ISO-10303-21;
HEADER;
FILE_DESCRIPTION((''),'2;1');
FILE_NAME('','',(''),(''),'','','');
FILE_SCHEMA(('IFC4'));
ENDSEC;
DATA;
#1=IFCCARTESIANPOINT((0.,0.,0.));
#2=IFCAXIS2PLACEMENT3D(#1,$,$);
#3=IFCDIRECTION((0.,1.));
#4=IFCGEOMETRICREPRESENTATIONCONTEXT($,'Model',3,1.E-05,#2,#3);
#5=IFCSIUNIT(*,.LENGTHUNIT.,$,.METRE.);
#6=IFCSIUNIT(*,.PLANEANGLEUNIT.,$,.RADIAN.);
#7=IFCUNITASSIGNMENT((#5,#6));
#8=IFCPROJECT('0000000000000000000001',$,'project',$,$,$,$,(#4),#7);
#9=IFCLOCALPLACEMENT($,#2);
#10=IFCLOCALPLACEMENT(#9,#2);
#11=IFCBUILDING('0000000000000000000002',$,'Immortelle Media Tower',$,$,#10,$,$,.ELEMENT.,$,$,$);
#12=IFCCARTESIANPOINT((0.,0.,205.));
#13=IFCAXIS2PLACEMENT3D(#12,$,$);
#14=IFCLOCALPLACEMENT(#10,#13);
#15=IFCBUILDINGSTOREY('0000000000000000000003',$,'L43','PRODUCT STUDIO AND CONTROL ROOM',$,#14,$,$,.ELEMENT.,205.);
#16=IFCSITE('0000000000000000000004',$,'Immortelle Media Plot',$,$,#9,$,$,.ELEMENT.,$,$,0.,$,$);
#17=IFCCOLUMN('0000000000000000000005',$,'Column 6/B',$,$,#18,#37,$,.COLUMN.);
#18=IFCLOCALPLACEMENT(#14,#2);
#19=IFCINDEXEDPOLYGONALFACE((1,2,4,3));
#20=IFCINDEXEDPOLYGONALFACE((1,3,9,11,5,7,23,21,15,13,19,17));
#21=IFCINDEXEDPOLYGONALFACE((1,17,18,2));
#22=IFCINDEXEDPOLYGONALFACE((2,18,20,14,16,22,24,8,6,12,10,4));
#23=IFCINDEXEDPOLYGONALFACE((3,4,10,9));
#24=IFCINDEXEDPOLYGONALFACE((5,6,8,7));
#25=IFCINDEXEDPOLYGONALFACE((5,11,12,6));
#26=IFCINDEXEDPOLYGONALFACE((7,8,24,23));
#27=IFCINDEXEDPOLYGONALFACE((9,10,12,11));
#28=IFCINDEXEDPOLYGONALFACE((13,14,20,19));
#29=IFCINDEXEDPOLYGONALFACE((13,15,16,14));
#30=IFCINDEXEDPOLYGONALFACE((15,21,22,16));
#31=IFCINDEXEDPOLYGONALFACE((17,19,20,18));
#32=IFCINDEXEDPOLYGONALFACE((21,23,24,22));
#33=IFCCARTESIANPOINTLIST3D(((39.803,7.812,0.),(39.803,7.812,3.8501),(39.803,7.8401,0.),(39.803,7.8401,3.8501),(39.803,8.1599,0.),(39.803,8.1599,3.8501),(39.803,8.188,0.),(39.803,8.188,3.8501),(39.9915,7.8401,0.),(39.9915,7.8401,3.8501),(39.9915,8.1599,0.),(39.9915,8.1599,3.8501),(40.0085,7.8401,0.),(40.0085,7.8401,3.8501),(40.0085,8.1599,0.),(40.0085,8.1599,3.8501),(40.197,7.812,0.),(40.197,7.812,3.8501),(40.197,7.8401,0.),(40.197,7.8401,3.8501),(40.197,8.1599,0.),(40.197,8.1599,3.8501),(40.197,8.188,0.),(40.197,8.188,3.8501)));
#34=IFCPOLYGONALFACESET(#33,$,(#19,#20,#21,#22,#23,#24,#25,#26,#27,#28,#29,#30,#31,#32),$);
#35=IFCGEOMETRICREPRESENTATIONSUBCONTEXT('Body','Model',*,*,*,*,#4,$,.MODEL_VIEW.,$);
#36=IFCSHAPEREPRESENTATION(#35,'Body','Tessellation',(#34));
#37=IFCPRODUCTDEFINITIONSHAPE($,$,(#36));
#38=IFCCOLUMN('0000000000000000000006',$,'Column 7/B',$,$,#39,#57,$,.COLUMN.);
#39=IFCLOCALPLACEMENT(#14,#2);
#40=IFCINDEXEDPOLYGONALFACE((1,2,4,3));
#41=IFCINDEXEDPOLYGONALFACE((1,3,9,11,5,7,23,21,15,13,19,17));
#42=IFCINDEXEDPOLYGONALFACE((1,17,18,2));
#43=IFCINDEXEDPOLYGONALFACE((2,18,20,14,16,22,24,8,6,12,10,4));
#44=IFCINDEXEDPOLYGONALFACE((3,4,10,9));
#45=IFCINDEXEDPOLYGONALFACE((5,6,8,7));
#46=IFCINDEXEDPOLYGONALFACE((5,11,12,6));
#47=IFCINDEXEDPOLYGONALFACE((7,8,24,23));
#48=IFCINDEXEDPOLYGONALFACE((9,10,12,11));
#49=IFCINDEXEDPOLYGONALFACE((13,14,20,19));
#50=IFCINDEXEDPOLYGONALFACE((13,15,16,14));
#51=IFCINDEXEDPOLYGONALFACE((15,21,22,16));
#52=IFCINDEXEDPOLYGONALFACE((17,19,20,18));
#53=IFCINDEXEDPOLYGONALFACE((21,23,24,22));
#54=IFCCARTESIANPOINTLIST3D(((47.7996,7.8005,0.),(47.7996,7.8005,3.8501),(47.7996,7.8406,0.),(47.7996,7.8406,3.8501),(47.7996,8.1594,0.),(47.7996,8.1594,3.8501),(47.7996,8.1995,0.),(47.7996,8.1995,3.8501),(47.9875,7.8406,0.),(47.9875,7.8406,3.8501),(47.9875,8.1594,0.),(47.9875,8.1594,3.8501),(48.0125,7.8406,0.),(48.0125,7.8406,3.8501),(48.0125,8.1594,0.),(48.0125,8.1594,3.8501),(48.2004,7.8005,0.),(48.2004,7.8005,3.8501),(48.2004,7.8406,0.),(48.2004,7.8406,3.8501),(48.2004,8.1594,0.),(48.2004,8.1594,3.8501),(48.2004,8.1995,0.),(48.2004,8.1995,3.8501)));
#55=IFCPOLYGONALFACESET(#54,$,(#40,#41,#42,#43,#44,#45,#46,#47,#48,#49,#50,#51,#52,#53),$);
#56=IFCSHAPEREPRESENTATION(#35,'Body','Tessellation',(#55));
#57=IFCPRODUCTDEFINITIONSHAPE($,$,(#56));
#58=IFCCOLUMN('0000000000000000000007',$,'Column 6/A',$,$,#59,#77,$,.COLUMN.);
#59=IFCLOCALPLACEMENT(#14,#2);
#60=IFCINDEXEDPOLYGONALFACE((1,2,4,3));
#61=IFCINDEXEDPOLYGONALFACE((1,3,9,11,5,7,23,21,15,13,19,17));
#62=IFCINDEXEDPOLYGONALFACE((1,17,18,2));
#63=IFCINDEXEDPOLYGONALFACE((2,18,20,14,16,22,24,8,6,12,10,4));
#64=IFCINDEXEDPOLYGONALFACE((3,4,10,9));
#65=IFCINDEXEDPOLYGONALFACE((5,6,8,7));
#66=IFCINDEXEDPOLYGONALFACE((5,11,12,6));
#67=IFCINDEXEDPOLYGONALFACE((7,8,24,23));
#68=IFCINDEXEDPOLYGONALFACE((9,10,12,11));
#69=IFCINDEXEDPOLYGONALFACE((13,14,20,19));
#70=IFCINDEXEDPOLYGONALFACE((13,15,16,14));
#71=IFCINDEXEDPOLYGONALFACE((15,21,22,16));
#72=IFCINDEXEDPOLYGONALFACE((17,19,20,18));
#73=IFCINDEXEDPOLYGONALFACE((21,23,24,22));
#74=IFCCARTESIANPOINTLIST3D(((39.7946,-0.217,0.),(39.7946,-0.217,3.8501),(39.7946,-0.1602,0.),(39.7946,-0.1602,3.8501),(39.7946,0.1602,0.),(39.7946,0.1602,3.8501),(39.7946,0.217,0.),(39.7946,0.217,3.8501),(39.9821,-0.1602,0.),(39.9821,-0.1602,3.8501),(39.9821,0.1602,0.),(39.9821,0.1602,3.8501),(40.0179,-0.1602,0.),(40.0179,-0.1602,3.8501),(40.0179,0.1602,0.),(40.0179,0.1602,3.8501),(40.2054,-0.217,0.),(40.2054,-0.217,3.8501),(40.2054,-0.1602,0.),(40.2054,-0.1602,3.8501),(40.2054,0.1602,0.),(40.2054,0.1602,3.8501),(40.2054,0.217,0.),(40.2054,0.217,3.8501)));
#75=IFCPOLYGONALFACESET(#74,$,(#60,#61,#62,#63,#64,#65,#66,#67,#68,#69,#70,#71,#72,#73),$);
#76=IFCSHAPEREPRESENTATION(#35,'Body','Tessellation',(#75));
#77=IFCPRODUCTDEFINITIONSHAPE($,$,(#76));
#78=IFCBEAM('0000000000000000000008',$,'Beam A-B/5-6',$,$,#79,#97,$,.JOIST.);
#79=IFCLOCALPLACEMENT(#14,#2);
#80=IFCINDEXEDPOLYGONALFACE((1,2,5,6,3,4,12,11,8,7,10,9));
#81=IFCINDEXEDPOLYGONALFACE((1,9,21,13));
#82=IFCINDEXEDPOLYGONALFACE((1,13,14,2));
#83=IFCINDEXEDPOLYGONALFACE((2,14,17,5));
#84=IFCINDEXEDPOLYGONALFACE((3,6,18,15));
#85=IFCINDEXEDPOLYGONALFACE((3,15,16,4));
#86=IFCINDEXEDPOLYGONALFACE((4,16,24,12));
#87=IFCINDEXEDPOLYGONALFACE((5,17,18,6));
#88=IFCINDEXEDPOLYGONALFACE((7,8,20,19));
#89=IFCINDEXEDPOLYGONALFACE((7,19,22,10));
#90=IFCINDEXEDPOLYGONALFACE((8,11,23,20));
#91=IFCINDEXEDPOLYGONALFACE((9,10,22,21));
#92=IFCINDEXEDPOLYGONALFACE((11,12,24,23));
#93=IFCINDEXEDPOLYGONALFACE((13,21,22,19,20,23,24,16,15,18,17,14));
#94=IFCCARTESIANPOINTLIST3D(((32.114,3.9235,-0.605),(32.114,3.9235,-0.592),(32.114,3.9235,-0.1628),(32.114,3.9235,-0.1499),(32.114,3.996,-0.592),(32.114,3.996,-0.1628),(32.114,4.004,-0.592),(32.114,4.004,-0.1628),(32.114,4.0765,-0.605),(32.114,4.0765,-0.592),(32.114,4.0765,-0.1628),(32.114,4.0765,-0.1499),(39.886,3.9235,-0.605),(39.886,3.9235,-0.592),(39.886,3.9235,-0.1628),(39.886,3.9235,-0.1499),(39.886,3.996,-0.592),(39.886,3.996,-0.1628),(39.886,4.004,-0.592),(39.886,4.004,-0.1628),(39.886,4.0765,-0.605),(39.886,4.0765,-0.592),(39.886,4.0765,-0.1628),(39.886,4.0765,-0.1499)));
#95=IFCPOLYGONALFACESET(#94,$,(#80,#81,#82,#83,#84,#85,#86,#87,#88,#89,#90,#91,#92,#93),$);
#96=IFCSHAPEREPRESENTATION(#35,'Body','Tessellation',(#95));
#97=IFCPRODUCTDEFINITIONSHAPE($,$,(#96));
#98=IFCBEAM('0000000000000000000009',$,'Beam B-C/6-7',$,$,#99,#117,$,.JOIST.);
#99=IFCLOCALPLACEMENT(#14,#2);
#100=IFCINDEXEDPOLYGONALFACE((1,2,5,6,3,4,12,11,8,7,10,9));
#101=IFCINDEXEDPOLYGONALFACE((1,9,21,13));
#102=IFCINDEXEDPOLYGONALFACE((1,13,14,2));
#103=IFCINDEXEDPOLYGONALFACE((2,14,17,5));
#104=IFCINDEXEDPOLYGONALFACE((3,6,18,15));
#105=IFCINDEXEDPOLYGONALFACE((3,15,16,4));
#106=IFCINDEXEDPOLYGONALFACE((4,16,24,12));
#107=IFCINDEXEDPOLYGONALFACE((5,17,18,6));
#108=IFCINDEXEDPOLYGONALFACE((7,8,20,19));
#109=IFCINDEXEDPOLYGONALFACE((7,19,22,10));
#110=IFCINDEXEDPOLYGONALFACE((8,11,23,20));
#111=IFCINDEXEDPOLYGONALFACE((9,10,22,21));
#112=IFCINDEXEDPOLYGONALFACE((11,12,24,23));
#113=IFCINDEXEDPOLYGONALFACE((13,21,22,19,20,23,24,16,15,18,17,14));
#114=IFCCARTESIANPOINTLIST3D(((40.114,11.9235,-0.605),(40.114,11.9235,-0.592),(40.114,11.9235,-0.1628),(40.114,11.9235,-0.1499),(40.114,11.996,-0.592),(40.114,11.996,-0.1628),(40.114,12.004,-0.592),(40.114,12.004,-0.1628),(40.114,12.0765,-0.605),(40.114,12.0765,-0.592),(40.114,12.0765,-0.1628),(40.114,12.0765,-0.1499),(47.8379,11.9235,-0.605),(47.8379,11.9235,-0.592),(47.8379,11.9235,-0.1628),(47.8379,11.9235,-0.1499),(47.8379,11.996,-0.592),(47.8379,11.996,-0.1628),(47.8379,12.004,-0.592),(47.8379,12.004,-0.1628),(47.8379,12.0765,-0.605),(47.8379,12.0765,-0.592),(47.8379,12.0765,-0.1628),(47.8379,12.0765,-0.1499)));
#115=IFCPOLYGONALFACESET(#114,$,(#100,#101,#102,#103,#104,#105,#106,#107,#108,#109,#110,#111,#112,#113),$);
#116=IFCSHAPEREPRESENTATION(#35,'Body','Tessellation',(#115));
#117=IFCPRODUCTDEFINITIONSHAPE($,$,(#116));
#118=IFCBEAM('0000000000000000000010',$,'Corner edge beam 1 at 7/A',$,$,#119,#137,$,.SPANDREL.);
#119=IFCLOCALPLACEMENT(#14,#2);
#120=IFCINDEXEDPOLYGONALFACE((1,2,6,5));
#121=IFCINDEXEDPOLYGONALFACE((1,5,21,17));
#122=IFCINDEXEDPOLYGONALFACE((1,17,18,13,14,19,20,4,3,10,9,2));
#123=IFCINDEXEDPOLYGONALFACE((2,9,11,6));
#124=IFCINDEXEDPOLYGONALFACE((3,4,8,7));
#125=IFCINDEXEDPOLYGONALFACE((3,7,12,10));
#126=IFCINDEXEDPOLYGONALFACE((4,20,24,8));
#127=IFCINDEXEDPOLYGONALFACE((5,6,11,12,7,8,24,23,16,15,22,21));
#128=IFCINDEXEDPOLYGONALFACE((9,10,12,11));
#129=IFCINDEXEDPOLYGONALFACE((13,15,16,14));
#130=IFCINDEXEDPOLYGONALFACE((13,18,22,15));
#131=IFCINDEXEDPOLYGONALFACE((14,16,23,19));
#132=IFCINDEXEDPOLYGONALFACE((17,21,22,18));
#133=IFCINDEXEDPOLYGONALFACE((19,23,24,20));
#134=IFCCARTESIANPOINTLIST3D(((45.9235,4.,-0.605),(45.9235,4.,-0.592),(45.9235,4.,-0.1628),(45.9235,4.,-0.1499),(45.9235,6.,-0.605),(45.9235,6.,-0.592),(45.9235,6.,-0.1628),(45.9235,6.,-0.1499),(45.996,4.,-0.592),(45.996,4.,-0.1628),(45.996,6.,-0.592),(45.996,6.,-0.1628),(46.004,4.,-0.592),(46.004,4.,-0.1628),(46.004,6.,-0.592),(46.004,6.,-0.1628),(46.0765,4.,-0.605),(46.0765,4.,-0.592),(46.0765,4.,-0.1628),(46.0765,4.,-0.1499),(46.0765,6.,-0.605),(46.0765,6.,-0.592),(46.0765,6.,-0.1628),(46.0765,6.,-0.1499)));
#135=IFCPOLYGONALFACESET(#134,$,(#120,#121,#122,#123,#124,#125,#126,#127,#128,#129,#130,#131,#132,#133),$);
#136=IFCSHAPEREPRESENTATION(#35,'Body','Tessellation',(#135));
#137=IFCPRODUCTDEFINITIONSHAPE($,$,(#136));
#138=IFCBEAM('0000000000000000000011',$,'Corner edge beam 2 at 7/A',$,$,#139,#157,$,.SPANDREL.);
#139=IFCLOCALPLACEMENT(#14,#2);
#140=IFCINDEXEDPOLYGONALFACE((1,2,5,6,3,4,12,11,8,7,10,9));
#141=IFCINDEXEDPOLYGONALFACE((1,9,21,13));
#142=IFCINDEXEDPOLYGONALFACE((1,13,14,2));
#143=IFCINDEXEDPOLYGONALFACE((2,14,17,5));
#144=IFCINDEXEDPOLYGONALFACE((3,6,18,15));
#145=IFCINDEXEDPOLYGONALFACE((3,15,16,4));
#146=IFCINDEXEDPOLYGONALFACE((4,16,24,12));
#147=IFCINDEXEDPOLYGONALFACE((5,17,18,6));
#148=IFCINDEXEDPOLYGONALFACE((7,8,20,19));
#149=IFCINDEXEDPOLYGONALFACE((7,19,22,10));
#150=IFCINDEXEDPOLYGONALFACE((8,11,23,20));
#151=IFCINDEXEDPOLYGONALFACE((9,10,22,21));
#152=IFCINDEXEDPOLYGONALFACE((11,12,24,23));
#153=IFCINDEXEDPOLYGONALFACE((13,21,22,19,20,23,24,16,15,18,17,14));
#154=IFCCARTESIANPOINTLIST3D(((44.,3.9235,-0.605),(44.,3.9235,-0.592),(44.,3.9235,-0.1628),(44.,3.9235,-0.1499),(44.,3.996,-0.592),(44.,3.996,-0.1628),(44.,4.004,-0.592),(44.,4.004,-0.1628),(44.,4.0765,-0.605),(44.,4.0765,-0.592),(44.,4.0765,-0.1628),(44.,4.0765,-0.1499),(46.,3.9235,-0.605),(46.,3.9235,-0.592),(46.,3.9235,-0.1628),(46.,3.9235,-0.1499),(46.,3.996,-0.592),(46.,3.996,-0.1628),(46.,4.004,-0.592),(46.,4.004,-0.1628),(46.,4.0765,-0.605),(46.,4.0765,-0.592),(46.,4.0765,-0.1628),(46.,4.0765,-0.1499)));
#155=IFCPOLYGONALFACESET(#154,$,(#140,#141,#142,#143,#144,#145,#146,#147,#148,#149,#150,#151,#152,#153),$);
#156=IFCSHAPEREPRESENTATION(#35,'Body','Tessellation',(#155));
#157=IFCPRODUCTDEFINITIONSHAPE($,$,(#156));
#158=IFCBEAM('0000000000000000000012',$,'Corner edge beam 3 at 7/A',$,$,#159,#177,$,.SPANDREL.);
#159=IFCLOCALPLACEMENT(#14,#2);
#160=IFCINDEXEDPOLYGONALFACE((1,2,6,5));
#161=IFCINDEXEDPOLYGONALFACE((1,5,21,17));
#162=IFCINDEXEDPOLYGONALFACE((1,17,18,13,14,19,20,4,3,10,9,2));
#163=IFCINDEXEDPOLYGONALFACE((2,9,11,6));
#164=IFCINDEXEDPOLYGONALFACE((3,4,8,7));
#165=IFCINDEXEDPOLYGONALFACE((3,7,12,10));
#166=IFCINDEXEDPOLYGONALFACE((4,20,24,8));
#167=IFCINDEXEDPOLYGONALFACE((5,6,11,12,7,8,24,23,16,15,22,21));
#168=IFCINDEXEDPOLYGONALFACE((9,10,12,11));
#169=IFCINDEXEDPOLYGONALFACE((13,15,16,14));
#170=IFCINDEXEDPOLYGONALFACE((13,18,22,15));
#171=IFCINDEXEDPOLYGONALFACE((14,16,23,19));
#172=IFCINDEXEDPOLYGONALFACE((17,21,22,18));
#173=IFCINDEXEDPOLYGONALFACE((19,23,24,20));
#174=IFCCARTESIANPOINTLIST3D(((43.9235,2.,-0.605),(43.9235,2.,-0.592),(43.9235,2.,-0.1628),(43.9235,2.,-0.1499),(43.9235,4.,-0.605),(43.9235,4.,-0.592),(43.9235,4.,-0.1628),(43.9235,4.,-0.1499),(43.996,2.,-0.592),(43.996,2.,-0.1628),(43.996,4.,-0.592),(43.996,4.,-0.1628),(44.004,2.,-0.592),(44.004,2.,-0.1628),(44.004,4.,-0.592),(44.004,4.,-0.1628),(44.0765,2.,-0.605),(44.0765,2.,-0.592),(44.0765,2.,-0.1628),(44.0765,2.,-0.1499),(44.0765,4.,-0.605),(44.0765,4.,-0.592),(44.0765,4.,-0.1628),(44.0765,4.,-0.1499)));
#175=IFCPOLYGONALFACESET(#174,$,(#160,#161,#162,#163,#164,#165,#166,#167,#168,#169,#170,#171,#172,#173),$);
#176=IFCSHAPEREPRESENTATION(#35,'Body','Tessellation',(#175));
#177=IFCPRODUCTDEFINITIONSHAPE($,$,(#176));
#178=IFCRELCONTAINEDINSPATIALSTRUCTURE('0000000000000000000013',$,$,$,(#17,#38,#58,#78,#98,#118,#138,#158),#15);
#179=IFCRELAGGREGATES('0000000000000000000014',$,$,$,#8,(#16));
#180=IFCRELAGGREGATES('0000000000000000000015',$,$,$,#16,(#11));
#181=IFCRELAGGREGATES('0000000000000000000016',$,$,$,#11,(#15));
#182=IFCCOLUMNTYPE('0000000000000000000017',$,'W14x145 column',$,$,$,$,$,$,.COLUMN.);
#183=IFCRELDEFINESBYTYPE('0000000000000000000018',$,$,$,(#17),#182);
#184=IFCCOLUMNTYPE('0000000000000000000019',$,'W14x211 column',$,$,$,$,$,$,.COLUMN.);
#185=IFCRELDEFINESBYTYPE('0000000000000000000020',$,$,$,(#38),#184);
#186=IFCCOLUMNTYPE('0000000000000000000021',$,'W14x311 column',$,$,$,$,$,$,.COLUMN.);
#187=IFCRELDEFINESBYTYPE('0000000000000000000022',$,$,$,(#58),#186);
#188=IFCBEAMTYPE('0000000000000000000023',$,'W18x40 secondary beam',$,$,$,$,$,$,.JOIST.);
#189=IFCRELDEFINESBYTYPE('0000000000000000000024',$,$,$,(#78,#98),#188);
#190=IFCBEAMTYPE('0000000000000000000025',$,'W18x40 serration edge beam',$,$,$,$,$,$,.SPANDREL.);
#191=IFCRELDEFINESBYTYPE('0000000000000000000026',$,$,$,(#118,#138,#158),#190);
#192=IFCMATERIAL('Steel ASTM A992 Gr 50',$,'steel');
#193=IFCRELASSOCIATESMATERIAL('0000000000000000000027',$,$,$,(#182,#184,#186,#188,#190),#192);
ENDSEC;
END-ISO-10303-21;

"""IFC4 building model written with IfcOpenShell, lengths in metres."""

from ifc_helpers import new_model, si_unit, direction, frame, origin, origin_2d, place, context, subcontext, project, spatial, i_section, extrude, material, material_profile, profile_set, type_object, element, save


model = new_model("IFC4")

# Units and contexts
model_context = context("Model", 3, precision=1e-05, world=origin(), true_north=direction((0.0, 1.0)))
body_context = subcontext(model_context, "Body", "Model", "MODEL_VIEW")
ifc_project = project(units=[si_unit("LENGTHUNIT", "METRE"), si_unit("PLANEANGLEUNIT", "RADIAN")], contexts=[model_context])

# Site, building, storey
site_placement = place(None, origin())
site = spatial("IfcSite", under=ifc_project, at=site_placement, Name="Immortelle Media Plot", CompositionType="ELEMENT", RefElevation=0.0)
building_placement = place(site_placement, origin())
building = spatial("IfcBuilding", under=site, at=building_placement, Name="Immortelle Media Tower", CompositionType="ELEMENT")
storey_placement = place(building_placement, frame((0.0, 0.0, 205.0)))
storey = spatial("IfcBuildingStorey", under=building, at=storey_placement, Name="L43", Description="PRODUCT STUDIO AND CONTROL ROOM", CompositionType="ELEMENT", Elevation=205.0)

# Columns
ifc_material_1 = material(Name="Steel ASTM A992 Gr 50", Category="steel")
ifc_material_profile_1 = material_profile(ifc_material_1, i_section(OverallWidth=0.394, OverallDepth=0.376, WebThickness=0.0171, FlangeThickness=0.0281, at=origin_2d()), Name="W14x145")
ifc_profile_set_1 = profile_set([ifc_material_profile_1], Name="Steel ASTM A992 Gr 50")
column_type_1 = type_object("IfcColumnType", Name="W14x145 column", PredefinedType="COLUMN", material=ifc_profile_set_1)
column_1_placement = place(storey_placement, frame((40.0, 8.0, 0.0), z_axis=(0.0, 0.0, 1.0), x_axis=(1.0, 0.0, 0.0)))
element("IfcColumn", 1, at=column_1_placement, inside=storey, type_object=column_type_1, Name="Column 6/B", PredefinedType="COLUMN", context=body_context, shape_type="SweptSolid", body=[
    extrude(i_section(OverallWidth=0.394, OverallDepth=0.376, WebThickness=0.0171, FlangeThickness=0.0281, at=origin_2d()), origin(), (0.0, 0.0, 1.0), 3.8501),
])
ifc_material_profile_2 = material_profile(ifc_material_1, i_section(OverallWidth=0.4009, OverallDepth=0.3989, WebThickness=0.0249, FlangeThickness=0.04, at=origin_2d()), Name="W14x211")
ifc_profile_set_2 = profile_set([ifc_material_profile_2], Name="Steel ASTM A992 Gr 50")
column_type_2 = type_object("IfcColumnType", Name="W14x211 column", PredefinedType="COLUMN", material=ifc_profile_set_2)
column_2_placement = place(storey_placement, frame((48.0, 8.0, 0.0), z_axis=(0.0, 0.0, 1.0), x_axis=(1.0, 0.0, 0.0)))
element("IfcColumn", 2, at=column_2_placement, inside=storey, type_object=column_type_2, Name="Column 7/B", PredefinedType="COLUMN", context=body_context, shape_type="SweptSolid", body=[
    extrude(i_section(OverallWidth=0.4009, OverallDepth=0.3989, WebThickness=0.0249, FlangeThickness=0.04, at=origin_2d()), origin(), (0.0, 0.0, 1.0), 3.8501),
])
ifc_material_profile_3 = material_profile(ifc_material_1, i_section(OverallWidth=0.4109, OverallDepth=0.4341, WebThickness=0.0359, FlangeThickness=0.0569, at=origin_2d()), Name="W14x311")
ifc_profile_set_3 = profile_set([ifc_material_profile_3], Name="Steel ASTM A992 Gr 50")
column_type_3 = type_object("IfcColumnType", Name="W14x311 column", PredefinedType="COLUMN", material=ifc_profile_set_3)
column_3_placement = place(storey_placement, frame((40.0, 0.0, 0.0), z_axis=(0.0, 0.0, 1.0), x_axis=(1.0, 0.0, 0.0)))
element("IfcColumn", 3, at=column_3_placement, inside=storey, type_object=column_type_3, Name="Column 6/A", PredefinedType="COLUMN", context=body_context, shape_type="SweptSolid", body=[
    extrude(i_section(OverallWidth=0.4109, OverallDepth=0.4341, WebThickness=0.0359, FlangeThickness=0.0569, at=origin_2d()), origin(), (0.0, 0.0, 1.0), 3.8501),
])

# Beams
ifc_material_profile_4 = material_profile(ifc_material_1, i_section(OverallWidth=0.1531, OverallDepth=0.4551, WebThickness=0.0081, FlangeThickness=0.0129, at=origin_2d()), Name="W18x40")
ifc_profile_set_4 = profile_set([ifc_material_profile_4], Name="Steel ASTM A992 Gr 50")
beam_type_1 = type_object("IfcBeamType", Name="W18x40 secondary beam", PredefinedType="JOIST", material=ifc_profile_set_4)
beam_1_placement = place(storey_placement, frame((32.114, 4.0, -0.3774), z_axis=(1.0, 0.0, 0.0), x_axis=(0.0, 1.0, 0.0)))
element("IfcBeam", 4, at=beam_1_placement, inside=storey, type_object=beam_type_1, Name="Beam A-B/5-6", PredefinedType="JOIST", context=body_context, shape_type="SweptSolid", body=[
    extrude(i_section(OverallWidth=0.1531, OverallDepth=0.4551, WebThickness=0.0081, FlangeThickness=0.0129, at=origin_2d()), origin(), (0.0, 0.0, 1.0), 7.772),
])
beam_2_placement = place(storey_placement, frame((40.114, 12.0, -0.3774), z_axis=(1.0, 0.0, 0.0), x_axis=(0.0, 1.0, 0.0)))
element("IfcBeam", 5, at=beam_2_placement, inside=storey, type_object=beam_type_1, Name="Beam B-C/6-7", PredefinedType="JOIST", context=body_context, shape_type="SweptSolid", body=[
    extrude(i_section(OverallWidth=0.1531, OverallDepth=0.4551, WebThickness=0.0081, FlangeThickness=0.0129, at=origin_2d()), origin(), (0.0, 0.0, 1.0), 7.7239),
])
ifc_material_profile_5 = material_profile(ifc_material_1, i_section(OverallWidth=0.1531, OverallDepth=0.4551, WebThickness=0.0081, FlangeThickness=0.0129, at=origin_2d()), Name="W18x40")
ifc_profile_set_5 = profile_set([ifc_material_profile_5], Name="Steel ASTM A992 Gr 50")
beam_type_2 = type_object("IfcBeamType", Name="W18x40 serration edge beam", PredefinedType="SPANDREL", material=ifc_profile_set_5)
for number, where, z_axis, x_axis, name in (
    (6, (46.0, 6.0, -0.3774), (0.0, -1.0, 0.0), (1.0, 0.0, 0.0), "Corner edge beam 1 at 7/A"),
    (7, (46.0, 4.0, -0.3774), (-1.0, 0.0, 0.0), (0.0, -1.0, 0.0), "Corner edge beam 2 at 7/A"),
    (8, (44.0, 4.0, -0.3774), (0.0, -1.0, 0.0), (1.0, 0.0, 0.0), "Corner edge beam 3 at 7/A"),
):
    element("IfcBeam", number, at=place(storey_placement, frame(where, z_axis=z_axis, x_axis=x_axis)), inside=storey, type_object=beam_type_2, Name=name, PredefinedType="SPANDREL", context=body_context, shape_type="SweptSolid", body=[
        extrude(i_section(OverallWidth=0.1531, OverallDepth=0.4551, WebThickness=0.0081, FlangeThickness=0.0129, at=origin_2d()), origin(), (0.0, 0.0, 1.0), 2.0),
    ])

save(model, "model.ifc")
